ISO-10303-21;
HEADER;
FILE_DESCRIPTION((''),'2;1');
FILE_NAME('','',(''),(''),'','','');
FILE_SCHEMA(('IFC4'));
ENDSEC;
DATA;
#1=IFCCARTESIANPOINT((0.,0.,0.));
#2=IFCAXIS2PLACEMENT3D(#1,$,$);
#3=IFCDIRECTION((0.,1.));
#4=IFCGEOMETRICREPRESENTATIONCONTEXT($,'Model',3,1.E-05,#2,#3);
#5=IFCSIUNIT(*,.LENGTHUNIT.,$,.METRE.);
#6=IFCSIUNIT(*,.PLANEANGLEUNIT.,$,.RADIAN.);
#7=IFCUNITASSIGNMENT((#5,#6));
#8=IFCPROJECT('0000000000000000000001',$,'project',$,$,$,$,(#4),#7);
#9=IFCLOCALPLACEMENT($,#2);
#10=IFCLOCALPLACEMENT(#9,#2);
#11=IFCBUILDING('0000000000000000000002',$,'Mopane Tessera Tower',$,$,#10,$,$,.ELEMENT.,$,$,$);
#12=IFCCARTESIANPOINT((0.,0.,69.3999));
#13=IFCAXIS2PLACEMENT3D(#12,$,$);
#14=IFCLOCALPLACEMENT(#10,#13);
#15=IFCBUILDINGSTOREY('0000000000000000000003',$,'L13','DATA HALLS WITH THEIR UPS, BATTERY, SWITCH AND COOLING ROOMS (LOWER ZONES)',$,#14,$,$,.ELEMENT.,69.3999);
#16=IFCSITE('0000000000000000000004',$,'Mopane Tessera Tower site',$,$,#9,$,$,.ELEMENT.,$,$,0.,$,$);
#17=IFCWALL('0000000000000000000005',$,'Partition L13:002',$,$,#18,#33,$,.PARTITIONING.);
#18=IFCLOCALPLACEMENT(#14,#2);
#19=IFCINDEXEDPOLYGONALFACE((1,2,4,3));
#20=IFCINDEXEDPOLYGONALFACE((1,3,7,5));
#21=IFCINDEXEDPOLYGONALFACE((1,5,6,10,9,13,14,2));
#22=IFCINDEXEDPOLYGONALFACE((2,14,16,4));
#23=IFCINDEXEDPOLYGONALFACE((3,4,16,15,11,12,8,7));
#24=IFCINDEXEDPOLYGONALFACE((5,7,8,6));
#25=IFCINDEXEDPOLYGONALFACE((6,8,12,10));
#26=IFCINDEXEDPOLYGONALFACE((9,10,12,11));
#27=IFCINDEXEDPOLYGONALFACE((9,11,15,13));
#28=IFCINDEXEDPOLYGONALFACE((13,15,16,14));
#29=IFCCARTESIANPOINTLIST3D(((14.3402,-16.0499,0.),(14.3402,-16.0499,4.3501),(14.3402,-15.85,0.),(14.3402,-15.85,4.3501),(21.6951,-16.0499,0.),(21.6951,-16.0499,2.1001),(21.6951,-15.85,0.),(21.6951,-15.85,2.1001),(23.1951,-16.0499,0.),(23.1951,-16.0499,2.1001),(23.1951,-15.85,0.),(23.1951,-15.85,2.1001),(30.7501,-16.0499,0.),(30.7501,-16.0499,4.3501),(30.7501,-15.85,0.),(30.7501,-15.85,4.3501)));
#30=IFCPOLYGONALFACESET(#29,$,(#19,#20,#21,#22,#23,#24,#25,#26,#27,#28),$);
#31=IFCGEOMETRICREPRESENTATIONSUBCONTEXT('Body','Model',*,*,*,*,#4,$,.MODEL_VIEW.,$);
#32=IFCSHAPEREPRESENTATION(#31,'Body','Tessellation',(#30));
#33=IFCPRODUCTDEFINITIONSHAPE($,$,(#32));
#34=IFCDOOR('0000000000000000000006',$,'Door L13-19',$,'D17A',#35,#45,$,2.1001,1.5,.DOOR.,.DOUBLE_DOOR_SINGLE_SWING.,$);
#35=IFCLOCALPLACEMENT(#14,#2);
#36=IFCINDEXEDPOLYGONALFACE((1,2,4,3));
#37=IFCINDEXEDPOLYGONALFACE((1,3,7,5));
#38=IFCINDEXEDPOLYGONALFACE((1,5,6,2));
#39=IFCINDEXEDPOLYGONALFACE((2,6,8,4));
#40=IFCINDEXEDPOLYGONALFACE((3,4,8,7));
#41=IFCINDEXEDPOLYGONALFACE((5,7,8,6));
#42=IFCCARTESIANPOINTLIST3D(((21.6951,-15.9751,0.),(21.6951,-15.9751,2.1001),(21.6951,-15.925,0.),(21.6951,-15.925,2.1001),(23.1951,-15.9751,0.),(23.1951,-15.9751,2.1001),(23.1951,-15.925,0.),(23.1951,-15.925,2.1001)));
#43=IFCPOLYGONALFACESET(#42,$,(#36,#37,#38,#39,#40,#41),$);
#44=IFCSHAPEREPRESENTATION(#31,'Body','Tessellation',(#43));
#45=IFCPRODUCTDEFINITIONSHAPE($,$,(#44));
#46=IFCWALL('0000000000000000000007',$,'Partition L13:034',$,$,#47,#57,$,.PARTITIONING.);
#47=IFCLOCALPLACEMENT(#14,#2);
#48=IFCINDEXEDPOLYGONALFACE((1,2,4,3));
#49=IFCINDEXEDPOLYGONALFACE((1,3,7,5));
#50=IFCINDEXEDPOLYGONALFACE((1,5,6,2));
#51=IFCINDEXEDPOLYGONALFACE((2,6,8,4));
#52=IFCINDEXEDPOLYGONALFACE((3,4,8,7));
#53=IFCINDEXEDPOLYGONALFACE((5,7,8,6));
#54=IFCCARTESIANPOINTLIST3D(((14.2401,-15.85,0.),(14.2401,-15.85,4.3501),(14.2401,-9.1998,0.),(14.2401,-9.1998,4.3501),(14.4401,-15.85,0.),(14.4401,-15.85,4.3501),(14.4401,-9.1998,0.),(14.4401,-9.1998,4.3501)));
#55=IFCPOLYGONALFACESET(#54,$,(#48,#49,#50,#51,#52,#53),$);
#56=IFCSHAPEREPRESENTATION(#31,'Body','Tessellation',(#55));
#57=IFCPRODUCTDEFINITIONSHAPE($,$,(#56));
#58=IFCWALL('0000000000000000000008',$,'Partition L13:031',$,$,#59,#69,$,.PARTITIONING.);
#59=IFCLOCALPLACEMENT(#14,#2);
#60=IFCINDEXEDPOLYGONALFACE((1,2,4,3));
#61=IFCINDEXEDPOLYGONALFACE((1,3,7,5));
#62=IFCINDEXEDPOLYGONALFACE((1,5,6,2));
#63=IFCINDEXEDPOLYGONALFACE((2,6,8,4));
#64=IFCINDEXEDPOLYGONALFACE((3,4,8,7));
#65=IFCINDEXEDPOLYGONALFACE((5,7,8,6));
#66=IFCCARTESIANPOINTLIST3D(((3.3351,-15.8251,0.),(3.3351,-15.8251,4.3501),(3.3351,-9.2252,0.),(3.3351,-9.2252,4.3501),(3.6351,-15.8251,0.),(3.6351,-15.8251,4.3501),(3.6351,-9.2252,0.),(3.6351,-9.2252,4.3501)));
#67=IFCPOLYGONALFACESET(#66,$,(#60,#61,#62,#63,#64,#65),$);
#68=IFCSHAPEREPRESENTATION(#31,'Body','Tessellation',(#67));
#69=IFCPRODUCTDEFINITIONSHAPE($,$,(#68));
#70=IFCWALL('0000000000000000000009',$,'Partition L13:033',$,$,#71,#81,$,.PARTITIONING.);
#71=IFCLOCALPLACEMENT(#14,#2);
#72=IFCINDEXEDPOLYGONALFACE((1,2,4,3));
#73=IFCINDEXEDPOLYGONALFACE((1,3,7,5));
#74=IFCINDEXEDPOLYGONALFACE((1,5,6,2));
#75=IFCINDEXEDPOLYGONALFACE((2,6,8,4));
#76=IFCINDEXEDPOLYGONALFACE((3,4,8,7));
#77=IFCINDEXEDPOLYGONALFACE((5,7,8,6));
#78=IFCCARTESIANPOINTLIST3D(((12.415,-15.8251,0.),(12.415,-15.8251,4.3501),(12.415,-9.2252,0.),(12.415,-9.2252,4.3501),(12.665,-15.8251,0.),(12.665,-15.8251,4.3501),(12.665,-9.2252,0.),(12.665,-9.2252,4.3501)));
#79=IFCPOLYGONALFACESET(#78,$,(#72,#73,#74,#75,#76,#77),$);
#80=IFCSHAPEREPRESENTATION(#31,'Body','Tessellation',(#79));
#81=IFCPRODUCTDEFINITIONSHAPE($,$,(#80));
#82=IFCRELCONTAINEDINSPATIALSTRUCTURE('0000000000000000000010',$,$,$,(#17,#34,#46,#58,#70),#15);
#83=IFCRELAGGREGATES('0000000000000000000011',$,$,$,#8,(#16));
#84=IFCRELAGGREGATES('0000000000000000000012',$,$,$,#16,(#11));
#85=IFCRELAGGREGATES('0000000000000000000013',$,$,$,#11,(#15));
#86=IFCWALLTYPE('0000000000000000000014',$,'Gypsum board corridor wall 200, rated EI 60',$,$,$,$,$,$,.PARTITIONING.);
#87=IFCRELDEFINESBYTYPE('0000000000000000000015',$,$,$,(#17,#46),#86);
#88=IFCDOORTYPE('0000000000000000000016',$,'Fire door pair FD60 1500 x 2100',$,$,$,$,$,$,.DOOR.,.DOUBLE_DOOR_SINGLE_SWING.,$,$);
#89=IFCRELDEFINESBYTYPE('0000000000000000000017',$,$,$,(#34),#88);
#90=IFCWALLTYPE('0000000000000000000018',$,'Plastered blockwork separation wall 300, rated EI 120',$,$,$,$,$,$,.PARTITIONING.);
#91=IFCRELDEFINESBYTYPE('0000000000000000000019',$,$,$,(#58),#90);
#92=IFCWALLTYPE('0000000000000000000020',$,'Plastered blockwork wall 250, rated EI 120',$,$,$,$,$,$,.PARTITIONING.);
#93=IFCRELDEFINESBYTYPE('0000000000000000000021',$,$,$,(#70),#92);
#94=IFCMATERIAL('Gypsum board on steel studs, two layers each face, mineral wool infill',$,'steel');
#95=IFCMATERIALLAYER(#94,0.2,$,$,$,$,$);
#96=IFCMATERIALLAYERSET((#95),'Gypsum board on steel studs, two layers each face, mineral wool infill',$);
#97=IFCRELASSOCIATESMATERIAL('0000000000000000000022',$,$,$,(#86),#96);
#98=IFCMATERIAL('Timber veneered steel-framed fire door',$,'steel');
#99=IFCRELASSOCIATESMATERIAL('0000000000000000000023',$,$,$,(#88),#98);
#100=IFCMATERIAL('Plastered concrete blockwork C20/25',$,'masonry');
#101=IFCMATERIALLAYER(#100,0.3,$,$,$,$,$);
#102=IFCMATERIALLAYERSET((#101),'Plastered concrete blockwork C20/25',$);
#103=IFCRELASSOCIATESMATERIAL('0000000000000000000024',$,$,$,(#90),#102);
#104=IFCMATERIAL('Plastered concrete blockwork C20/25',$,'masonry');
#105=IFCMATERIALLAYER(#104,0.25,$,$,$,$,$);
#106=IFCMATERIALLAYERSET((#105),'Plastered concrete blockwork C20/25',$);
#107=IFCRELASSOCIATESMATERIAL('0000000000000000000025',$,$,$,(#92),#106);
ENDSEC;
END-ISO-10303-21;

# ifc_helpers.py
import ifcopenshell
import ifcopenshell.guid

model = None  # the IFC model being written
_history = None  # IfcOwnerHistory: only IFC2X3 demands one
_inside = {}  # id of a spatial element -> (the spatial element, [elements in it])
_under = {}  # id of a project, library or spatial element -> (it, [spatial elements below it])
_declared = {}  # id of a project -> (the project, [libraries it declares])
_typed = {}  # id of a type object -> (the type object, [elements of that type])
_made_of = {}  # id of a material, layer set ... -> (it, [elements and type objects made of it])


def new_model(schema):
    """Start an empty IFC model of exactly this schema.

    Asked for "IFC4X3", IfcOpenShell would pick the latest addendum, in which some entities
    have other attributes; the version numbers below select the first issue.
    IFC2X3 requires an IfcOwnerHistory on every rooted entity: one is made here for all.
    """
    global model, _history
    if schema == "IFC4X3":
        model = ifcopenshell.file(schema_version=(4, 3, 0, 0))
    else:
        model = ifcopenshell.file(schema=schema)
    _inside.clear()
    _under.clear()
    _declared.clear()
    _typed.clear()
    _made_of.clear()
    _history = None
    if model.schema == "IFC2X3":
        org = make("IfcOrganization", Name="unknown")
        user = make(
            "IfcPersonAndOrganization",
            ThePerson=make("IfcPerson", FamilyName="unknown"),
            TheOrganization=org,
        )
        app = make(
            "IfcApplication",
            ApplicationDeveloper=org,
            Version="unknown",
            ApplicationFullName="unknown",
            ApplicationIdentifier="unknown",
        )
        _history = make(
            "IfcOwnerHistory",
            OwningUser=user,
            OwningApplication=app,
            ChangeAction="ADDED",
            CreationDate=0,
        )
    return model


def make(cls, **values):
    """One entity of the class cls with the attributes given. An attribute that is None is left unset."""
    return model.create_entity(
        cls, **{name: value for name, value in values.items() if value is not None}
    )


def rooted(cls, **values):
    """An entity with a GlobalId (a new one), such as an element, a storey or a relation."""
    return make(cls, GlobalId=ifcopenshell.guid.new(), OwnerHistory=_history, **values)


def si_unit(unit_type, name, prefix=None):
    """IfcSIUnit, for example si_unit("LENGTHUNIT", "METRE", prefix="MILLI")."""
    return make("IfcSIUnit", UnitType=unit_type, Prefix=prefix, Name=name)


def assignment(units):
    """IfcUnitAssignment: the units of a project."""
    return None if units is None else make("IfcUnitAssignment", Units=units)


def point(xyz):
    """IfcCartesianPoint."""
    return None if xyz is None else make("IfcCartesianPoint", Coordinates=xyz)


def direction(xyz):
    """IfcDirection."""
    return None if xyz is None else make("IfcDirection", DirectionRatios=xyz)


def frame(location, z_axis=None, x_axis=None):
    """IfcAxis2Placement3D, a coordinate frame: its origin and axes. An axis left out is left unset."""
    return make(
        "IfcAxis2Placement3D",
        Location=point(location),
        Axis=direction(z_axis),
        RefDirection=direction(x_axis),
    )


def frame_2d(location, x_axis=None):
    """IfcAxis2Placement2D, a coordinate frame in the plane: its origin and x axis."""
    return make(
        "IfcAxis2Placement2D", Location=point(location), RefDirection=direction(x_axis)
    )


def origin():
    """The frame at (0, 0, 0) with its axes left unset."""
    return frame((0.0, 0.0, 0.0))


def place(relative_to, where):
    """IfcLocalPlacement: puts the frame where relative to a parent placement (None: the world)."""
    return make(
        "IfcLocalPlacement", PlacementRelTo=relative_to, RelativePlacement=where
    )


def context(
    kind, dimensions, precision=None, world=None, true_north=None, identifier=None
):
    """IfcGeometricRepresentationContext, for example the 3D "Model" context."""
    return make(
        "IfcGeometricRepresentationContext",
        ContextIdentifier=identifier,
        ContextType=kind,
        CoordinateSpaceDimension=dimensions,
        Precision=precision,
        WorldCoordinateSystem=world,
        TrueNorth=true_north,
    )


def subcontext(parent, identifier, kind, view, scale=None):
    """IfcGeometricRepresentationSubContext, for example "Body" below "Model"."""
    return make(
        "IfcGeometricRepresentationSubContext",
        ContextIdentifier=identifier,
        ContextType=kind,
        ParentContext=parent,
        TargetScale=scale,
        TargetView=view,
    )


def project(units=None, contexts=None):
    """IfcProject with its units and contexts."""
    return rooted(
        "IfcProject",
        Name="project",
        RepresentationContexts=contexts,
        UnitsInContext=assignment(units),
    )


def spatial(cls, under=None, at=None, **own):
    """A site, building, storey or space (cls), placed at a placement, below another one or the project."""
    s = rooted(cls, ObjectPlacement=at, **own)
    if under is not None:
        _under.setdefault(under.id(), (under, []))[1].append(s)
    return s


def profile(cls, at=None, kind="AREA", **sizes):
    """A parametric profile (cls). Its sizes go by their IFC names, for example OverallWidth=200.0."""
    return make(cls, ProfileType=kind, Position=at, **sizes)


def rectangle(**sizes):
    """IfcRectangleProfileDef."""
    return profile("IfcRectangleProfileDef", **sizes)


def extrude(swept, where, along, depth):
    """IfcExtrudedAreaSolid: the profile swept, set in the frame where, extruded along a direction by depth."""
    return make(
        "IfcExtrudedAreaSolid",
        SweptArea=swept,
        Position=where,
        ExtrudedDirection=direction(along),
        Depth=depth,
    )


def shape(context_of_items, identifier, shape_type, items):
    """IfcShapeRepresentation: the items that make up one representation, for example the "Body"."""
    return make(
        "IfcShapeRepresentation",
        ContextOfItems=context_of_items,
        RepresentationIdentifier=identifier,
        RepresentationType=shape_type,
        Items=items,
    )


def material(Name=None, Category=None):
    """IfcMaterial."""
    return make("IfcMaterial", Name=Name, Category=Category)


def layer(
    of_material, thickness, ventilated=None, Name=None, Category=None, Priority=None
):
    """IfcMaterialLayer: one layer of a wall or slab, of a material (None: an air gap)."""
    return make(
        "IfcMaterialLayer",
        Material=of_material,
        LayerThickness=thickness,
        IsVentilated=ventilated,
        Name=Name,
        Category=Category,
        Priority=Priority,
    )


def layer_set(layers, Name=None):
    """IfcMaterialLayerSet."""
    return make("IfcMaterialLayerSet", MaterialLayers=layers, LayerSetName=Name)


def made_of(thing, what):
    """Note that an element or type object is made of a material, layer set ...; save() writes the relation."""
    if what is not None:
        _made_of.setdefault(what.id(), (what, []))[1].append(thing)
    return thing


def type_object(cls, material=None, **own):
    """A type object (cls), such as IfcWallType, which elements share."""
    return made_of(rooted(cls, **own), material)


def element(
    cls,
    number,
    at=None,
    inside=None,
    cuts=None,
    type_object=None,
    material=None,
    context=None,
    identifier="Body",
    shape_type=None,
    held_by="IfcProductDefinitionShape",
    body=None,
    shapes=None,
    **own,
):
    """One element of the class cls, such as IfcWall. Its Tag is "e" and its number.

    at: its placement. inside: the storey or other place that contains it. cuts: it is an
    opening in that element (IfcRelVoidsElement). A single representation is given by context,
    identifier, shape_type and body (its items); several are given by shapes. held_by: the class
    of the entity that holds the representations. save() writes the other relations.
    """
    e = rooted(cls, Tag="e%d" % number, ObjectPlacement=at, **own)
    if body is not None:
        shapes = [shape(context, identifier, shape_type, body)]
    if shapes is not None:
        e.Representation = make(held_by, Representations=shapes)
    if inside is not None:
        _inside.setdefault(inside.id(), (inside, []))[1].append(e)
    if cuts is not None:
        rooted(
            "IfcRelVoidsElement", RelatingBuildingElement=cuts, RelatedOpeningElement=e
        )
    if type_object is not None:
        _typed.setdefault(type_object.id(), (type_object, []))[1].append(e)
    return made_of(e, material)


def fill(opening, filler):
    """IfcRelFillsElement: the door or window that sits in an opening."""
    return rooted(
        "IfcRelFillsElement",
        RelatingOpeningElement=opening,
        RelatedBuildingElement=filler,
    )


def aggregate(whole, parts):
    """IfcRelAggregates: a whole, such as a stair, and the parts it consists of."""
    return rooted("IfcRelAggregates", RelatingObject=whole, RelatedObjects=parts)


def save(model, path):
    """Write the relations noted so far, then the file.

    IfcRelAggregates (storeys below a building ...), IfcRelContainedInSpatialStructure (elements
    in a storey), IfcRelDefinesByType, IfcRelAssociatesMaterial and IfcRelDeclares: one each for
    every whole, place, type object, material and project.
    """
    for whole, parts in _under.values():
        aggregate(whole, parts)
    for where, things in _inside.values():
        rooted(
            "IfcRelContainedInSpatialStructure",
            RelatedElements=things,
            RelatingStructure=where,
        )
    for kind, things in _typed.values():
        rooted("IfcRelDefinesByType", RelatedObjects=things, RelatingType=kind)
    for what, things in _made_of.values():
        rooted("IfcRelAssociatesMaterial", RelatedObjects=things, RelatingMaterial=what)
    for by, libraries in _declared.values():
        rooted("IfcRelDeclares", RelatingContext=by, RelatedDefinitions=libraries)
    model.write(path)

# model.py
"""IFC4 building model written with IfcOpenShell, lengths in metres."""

from ifc_helpers import new_model, si_unit, direction, frame, frame_2d, origin, place, context, subcontext, project, spatial, rectangle, extrude, material, layer, layer_set, type_object, element, fill, save


model = new_model("IFC4")

# Units and contexts
model_context = context("Model", 3, precision=1e-05, world=origin(), true_north=direction((0.0, 1.0)))
body_context = subcontext(model_context, "Body", "Model", "MODEL_VIEW")
ifc_project = project(units=[si_unit("LENGTHUNIT", "METRE"), si_unit("PLANEANGLEUNIT", "RADIAN")], contexts=[model_context])

# Site, building, storey
site_placement = place(None, origin())
site = spatial("IfcSite", under=ifc_project, at=site_placement, Name="Mopane Tessera Tower site", CompositionType="ELEMENT", RefElevation=0.0)
building_placement = place(site_placement, origin())
building = spatial("IfcBuilding", under=site, at=building_placement, Name="Mopane Tessera Tower", CompositionType="ELEMENT")
storey_placement = place(building_placement, frame((0.0, 0.0, 69.3999)))
storey = spatial("IfcBuildingStorey", under=building, at=storey_placement, Name="L13", Description="DATA HALLS WITH THEIR UPS, BATTERY, SWITCH AND COOLING ROOMS (LOWER ZONES)", CompositionType="ELEMENT", Elevation=69.3999)

# Wall, opening, door
ifc_material_1 = material(Name="Gypsum board on steel studs, two layers each face, mineral wool infill", Category="steel")
ifc_layer_1 = layer(ifc_material_1, 0.2)
ifc_layer_set_1 = layer_set([ifc_layer_1], Name="Gypsum board on steel studs, two layers each face, mineral wool infill")
wall_type_1 = type_object("IfcWallType", Name="Gypsum board corridor wall 200, rated EI 60", PredefinedType="PARTITIONING", material=ifc_layer_set_1)
wall_1_placement = place(storey_placement, frame((14.3401, -15.95, 0.0), z_axis=(0.0, 0.0, 1.0), x_axis=(1.0, 0.0, 0.0)))
wall_1 = element("IfcWall", 1, at=wall_1_placement, inside=storey, type_object=wall_type_1, Name="Partition L13:002", PredefinedType="PARTITIONING", context=body_context, shape_type="SweptSolid", body=[
    extrude(rectangle(XDim=16.4099, YDim=0.2, at=frame_2d((8.2051, 0.0))), origin(), (0.0, 0.0, 1.0), 4.3501),
])
opening_placement = place(wall_1_placement, frame((7.355, 0.0, 0.0)))
opening = element("IfcOpeningElement", 2, at=opening_placement, cuts=wall_1, PredefinedType="OPENING", context=body_context, shape_type="SweptSolid", body=[
    extrude(rectangle(XDim=1.5, YDim=2.1001, at=frame_2d((0.75, 1.05))), frame((0.0, 0.1121, 0.0), z_axis=(0.0, -1.0, 0.0), x_axis=(1.0, 0.0, 0.0)), (0.0, 0.0, 1.0), 0.2239),
])
ifc_material_2 = material(Name="Timber veneered steel-framed fire door", Category="steel")
door_type = type_object("IfcDoorType", Name="Fire door pair FD60 1500 x 2100", OperationType="DOUBLE_DOOR_SINGLE_SWING", PredefinedType="DOOR", material=ifc_material_2)
door_placement = place(opening_placement, origin())
door = element("IfcDoor", 3, at=door_placement, inside=storey, type_object=door_type, Name="Door L13-19", ObjectType="D17A", OperationType="DOUBLE_DOOR_SINGLE_SWING", OverallHeight=2.1001, OverallWidth=1.5, PredefinedType="DOOR", context=body_context, shape_type="SweptSolid", body=[
    extrude(rectangle(XDim=1.5, YDim=2.1001, at=frame_2d((0.75, 1.05))), frame((0.0, 0.0249, 0.0), z_axis=(0.0, -1.0, 0.0), x_axis=(1.0, 0.0, 0.0)), (0.0, 0.0, 1.0), 0.05),
])
fill(opening, door)

# Walls
wall_2_placement = place(storey_placement, frame((14.3401, -15.8501, 0.0), z_axis=(0.0, 0.0, 1.0), x_axis=(0.0, 1.0, 0.0)))
element("IfcWall", 4, at=wall_2_placement, inside=storey, type_object=wall_type_1, Name="Partition L13:034", PredefinedType="PARTITIONING", context=body_context, shape_type="SweptSolid", body=[
    extrude(rectangle(XDim=6.6501, YDim=0.2, at=frame_2d((3.3252, 0.0))), origin(), (0.0, 0.0, 1.0), 4.3501),
])
ifc_material_3 = material(Name="Plastered concrete blockwork C20/25", Category="masonry")
ifc_layer_2 = layer(ifc_material_3, 0.3)
ifc_layer_set_2 = layer_set([ifc_layer_2], Name="Plastered concrete blockwork C20/25")
wall_type_2 = type_object("IfcWallType", Name="Plastered blockwork separation wall 300, rated EI 120", PredefinedType="PARTITIONING", material=ifc_layer_set_2)
wall_3_placement = place(storey_placement, frame((3.4851, -15.825, 0.0), z_axis=(0.0, 0.0, 1.0), x_axis=(0.0, 1.0, 0.0)))
element("IfcWall", 5, at=wall_3_placement, inside=storey, type_object=wall_type_2, Name="Partition L13:031", PredefinedType="PARTITIONING", context=body_context, shape_type="SweptSolid", body=[
    extrude(rectangle(XDim=6.5999, YDim=0.3, at=frame_2d((3.2998, 0.0))), origin(), (0.0, 0.0, 1.0), 4.3501),
])
ifc_material_4 = material(Name="Plastered concrete blockwork C20/25", Category="masonry")
ifc_layer_3 = layer(ifc_material_4, 0.25)
ifc_layer_set_3 = layer_set([ifc_layer_3], Name="Plastered concrete blockwork C20/25")
wall_type_3 = type_object("IfcWallType", Name="Plastered blockwork wall 250, rated EI 120", PredefinedType="PARTITIONING", material=ifc_layer_set_3)
wall_4_placement = place(storey_placement, frame((12.54, -15.825, 0.0), z_axis=(0.0, 0.0, 1.0), x_axis=(0.0, 1.0, 0.0)))
element("IfcWall", 6, at=wall_4_placement, inside=storey, type_object=wall_type_3, Name="Partition L13:033", PredefinedType="PARTITIONING", context=body_context, shape_type="SweptSolid", body=[
    extrude(rectangle(XDim=6.5999, YDim=0.25, at=frame_2d((3.2998, 0.0))), origin(), (0.0, 0.0, 1.0), 4.3501),
])

save(model, "model.ifc")
